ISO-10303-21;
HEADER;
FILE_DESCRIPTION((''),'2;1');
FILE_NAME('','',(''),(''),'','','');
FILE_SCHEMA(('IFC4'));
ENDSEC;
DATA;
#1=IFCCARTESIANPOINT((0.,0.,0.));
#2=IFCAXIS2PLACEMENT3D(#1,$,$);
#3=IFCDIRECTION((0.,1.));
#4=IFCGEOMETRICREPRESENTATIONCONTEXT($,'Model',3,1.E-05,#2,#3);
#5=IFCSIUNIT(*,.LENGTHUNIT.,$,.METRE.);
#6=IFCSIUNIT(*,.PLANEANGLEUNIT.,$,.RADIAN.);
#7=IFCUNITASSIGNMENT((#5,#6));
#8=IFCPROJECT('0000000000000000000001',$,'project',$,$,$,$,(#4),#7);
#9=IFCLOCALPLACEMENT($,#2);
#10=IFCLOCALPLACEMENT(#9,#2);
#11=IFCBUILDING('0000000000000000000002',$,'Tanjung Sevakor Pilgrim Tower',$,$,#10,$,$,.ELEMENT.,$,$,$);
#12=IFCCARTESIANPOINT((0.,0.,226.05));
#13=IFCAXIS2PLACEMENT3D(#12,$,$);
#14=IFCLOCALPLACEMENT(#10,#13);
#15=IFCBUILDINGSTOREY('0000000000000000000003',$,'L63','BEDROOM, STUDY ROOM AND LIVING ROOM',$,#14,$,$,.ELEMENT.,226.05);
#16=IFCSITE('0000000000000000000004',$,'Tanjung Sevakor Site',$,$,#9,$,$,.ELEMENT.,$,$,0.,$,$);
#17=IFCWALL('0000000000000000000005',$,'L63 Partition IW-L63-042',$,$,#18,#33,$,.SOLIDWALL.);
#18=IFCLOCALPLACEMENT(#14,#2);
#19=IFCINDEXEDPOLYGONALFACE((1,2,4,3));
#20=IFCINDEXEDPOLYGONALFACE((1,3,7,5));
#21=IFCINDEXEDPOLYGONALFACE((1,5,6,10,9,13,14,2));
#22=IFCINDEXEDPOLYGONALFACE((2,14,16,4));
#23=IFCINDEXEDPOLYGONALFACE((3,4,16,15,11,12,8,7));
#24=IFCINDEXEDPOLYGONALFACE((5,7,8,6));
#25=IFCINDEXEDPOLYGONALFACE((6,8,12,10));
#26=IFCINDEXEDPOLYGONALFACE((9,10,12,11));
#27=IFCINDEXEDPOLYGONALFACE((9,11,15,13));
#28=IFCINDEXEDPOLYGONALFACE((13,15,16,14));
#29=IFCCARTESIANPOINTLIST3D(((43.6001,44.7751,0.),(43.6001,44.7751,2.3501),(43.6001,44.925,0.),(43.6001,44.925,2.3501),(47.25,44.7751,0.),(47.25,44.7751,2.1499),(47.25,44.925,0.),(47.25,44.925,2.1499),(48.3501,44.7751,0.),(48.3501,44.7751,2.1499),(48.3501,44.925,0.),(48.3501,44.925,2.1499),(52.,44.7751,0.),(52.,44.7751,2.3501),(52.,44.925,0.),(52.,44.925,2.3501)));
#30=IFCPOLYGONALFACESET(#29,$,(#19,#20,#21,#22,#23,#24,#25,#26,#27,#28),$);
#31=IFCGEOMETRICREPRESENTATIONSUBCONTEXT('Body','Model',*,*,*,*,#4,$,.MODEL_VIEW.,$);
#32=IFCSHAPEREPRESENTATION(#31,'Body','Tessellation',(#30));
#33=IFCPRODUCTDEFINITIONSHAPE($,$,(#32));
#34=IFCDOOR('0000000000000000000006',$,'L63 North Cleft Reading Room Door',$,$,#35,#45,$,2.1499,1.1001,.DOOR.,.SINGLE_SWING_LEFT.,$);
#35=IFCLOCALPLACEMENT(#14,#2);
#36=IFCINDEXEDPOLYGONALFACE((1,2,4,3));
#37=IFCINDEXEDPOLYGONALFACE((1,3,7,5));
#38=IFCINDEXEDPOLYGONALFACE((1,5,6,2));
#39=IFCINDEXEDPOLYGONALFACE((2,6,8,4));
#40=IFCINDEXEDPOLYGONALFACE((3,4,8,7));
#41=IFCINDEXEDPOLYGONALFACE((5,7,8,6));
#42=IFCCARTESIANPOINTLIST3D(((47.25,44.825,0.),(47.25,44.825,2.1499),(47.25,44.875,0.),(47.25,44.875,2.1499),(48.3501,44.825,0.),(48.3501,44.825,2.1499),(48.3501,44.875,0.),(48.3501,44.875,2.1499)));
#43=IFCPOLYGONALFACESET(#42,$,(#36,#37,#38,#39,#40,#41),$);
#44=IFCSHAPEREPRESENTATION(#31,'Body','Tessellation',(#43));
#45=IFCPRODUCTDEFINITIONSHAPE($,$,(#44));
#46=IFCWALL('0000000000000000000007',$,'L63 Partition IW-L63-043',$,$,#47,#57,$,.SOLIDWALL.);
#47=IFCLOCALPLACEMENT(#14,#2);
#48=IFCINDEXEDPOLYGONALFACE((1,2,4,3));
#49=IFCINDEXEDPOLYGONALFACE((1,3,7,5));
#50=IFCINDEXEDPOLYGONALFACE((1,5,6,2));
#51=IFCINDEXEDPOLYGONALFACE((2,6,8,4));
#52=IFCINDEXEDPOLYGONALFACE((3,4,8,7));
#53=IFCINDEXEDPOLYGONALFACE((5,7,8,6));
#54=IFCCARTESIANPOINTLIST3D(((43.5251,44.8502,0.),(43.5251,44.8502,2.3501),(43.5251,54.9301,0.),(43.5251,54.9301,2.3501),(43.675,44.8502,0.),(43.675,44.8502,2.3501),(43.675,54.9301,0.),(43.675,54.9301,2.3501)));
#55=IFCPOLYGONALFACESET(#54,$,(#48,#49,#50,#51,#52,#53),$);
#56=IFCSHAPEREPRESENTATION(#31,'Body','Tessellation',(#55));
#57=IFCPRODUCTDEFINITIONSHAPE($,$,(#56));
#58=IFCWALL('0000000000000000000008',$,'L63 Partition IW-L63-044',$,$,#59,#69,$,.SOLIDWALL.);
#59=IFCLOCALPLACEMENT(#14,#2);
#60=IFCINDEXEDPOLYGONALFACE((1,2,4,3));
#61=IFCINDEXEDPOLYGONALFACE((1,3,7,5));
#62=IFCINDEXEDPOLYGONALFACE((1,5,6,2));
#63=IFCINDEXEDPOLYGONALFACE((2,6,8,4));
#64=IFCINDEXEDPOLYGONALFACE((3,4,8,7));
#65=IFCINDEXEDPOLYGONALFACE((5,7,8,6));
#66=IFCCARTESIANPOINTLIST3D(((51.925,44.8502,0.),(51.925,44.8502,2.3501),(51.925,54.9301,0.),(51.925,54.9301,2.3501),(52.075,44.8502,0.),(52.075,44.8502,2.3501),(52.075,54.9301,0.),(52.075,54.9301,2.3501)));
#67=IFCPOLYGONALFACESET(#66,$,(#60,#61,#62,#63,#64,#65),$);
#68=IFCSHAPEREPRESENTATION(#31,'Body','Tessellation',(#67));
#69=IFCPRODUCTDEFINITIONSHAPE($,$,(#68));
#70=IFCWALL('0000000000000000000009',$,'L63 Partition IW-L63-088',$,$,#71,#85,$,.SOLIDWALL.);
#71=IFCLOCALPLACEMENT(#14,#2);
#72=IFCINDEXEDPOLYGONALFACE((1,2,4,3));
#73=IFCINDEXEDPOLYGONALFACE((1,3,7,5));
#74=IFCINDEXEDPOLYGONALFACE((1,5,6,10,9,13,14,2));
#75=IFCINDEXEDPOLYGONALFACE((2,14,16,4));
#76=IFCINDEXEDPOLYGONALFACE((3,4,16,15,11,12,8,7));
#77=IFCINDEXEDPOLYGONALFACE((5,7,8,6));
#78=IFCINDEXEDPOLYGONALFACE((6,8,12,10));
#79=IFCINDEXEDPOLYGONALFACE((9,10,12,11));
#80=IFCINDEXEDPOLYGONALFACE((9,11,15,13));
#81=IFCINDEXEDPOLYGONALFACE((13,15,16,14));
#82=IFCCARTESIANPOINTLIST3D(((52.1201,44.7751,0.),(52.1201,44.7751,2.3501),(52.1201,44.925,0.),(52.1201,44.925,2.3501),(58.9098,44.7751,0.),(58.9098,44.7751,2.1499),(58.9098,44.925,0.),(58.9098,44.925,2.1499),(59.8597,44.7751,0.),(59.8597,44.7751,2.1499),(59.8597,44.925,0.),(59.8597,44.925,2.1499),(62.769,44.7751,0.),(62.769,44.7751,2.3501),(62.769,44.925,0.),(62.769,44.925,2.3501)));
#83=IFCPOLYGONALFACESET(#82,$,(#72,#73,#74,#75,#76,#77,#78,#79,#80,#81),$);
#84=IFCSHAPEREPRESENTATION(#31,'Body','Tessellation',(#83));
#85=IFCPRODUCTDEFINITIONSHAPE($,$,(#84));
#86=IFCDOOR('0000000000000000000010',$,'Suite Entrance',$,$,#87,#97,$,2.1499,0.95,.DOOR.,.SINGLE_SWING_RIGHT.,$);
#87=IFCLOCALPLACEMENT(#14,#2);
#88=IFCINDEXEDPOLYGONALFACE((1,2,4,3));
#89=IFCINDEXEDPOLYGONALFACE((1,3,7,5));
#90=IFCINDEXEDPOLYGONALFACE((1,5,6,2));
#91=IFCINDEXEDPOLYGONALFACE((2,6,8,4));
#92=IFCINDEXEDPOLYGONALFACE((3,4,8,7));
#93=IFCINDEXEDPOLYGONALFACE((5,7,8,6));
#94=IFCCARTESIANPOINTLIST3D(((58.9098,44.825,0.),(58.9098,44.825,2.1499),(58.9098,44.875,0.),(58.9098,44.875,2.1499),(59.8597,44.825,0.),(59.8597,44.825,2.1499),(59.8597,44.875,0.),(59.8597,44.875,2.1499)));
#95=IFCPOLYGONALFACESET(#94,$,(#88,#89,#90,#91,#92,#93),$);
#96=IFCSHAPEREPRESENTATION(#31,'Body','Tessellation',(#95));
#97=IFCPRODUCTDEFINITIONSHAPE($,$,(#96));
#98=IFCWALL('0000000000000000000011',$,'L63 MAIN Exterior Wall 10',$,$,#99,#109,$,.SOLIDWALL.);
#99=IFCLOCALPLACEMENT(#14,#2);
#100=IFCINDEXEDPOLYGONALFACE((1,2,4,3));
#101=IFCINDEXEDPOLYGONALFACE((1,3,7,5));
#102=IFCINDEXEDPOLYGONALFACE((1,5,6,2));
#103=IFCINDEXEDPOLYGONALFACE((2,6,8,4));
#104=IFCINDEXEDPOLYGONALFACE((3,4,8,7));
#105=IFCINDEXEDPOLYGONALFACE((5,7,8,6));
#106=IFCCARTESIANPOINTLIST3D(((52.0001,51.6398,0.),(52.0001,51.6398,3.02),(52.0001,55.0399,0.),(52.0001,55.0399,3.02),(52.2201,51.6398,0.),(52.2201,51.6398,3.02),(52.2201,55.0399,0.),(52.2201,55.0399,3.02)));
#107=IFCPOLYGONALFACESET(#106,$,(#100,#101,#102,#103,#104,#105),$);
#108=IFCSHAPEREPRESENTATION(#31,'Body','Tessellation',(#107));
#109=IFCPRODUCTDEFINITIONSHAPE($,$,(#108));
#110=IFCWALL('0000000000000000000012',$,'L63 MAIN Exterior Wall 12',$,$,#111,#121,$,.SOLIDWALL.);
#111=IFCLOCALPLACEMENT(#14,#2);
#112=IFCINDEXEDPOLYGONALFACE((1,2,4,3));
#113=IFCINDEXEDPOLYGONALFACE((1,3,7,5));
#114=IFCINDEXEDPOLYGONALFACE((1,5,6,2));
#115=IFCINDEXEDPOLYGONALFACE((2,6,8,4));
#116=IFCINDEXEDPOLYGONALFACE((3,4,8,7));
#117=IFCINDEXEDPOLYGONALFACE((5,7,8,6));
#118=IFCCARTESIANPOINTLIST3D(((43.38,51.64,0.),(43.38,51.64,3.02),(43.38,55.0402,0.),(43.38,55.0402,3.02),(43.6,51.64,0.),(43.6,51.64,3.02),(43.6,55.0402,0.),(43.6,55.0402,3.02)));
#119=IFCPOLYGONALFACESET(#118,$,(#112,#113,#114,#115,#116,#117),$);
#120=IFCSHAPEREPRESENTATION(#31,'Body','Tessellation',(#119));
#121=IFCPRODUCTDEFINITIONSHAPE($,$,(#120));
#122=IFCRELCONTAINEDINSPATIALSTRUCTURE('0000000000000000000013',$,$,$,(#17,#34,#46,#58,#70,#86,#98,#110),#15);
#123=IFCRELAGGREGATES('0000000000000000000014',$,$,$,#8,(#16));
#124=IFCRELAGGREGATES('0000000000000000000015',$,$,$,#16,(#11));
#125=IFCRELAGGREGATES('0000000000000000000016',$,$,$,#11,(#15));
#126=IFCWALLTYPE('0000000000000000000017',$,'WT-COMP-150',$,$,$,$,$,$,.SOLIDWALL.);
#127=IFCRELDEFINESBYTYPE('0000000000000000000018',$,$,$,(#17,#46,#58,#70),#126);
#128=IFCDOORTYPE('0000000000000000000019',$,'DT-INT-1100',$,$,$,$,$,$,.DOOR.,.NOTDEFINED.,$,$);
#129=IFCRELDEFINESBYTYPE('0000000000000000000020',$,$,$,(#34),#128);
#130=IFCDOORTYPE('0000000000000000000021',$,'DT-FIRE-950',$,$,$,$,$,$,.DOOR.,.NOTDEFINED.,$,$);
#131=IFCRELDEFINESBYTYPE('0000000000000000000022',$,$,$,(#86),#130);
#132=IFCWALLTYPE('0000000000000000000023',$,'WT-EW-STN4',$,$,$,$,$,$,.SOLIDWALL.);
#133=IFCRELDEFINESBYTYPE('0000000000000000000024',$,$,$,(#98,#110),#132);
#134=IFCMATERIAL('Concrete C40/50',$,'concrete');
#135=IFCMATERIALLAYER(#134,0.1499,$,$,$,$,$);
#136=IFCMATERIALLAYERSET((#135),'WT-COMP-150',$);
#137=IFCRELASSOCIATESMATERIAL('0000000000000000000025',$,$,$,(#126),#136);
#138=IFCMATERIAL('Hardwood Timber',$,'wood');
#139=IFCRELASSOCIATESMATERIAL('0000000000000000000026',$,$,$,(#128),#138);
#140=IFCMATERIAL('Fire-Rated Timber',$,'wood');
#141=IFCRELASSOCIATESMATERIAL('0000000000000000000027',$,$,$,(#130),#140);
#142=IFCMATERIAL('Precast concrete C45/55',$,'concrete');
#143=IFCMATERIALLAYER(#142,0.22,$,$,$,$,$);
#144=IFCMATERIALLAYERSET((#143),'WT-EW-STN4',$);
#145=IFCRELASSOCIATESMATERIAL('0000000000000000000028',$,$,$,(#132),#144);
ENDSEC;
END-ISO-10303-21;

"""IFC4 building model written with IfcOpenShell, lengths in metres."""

from ifc_helpers import new_model, si_unit, direction, frame, frame_2d, origin, place, context, subcontext, project, spatial, rectangle, extrude, material, layer, layer_set, type_object, element, fill, save


model = new_model("IFC4")

# Units and contexts
model_context = context("Model", 3, precision=1e-05, world=origin(), true_north=direction((0.0, 1.0)))
body_context = subcontext(model_context, "Body", "Model", "MODEL_VIEW")
ifc_project = project(units=[si_unit("LENGTHUNIT", "METRE"), si_unit("PLANEANGLEUNIT", "RADIAN")], contexts=[model_context])

# Site, building, storey
site_placement = place(None, origin())
site = spatial("IfcSite", under=ifc_project, at=site_placement, Name="Tanjung Sevakor Site", CompositionType="ELEMENT", RefElevation=0.0)
building_placement = place(site_placement, origin())
building = spatial("IfcBuilding", under=site, at=building_placement, Name="Tanjung Sevakor Pilgrim Tower", CompositionType="ELEMENT")
storey_placement = place(building_placement, frame((0.0, 0.0, 226.05)))
storey = spatial("IfcBuildingStorey", under=building, at=storey_placement, Name="L63", Description="BEDROOM, STUDY ROOM AND LIVING ROOM", CompositionType="ELEMENT", Elevation=226.05)

# Wall, opening, door
ifc_material_1 = material(Name="Concrete C40/50", Category="concrete")
ifc_layer_1 = layer(ifc_material_1, 0.1499)
ifc_layer_set_1 = layer_set([ifc_layer_1], Name="WT-COMP-150")
wall_type_1 = type_object("IfcWallType", Name="WT-COMP-150", PredefinedType="SOLIDWALL", material=ifc_layer_set_1)
wall_1_placement = place(storey_placement, frame((43.6001, 44.8501, 0.0), z_axis=(0.0, 0.0, 1.0), x_axis=(1.0, 0.0, 0.0)))
wall_1 = element("IfcWall", 1, at=wall_1_placement, inside=storey, type_object=wall_type_1, Name="L63 Partition IW-L63-042", PredefinedType="SOLIDWALL", context=body_context, shape_type="SweptSolid", body=[
    extrude(rectangle(XDim=8.3999, YDim=0.1499, at=frame_2d((4.2, 0.0))), origin(), (0.0, 0.0, 1.0), 2.3501),
])
opening_1_placement = place(wall_1_placement, frame((3.6499, 0.0, 0.0)))
opening_1 = element("IfcOpeningElement", 2, at=opening_1_placement, cuts=wall_1, PredefinedType="OPENING", context=body_context, shape_type="SweptSolid", body=[
    extrude(rectangle(XDim=1.1001, YDim=2.1499, at=frame_2d((0.55, 1.075))), frame((0.0, 0.085, 0.0), z_axis=(0.0, -1.0, 0.0), x_axis=(1.0, 0.0, 0.0)), (0.0, 0.0, 1.0), 0.1699),
])
ifc_material_2 = material(Name="Hardwood Timber", Category="wood")
door_type_1 = type_object("IfcDoorType", Name="DT-INT-1100", OperationType="NOTDEFINED", PredefinedType="DOOR", material=ifc_material_2)
door_1_placement = place(opening_1_placement, origin())
door_1 = element("IfcDoor", 3, at=door_1_placement, inside=storey, type_object=door_type_1, Name="L63 North Cleft Reading Room Door", OperationType="SINGLE_SWING_LEFT", OverallHeight=2.1499, OverallWidth=1.1001, PredefinedType="DOOR", context=body_context, shape_type="SweptSolid", body=[
    extrude(rectangle(XDim=1.1001, YDim=2.1499, at=frame_2d((0.55, 1.075))), frame((0.0, 0.0249, 0.0), z_axis=(0.0, -1.0, 0.0), x_axis=(1.0, 0.0, 0.0)), (0.0, 0.0, 1.0), 0.05),
])
fill(opening_1, door_1)

# Walls
for number, where, z_axis, x_axis, name in (
    (4, (43.6001, 44.8501, 0.0), (0.0, 0.0, 1.0), (0.0, 1.0, 0.0), "L63 Partition IW-L63-043"),
    (5, (52.0, 44.8501, 0.0), (0.0, 0.0, 1.0), (0.0, 1.0, 0.0), "L63 Partition IW-L63-044"),
):
    element("IfcWall", number, at=place(storey_placement, frame(where, z_axis=z_axis, x_axis=x_axis)), inside=storey, type_object=wall_type_1, Name=name, PredefinedType="SOLIDWALL", context=body_context, shape_type="SweptSolid", body=[
        extrude(rectangle(XDim=10.0798, YDim=0.1499, at=frame_2d((5.04, 0.0))), origin(), (0.0, 0.0, 1.0), 2.3501),
    ])

# Wall, opening, door
wall_2_placement = place(storey_placement, frame((52.1201, 44.8501, 0.0), z_axis=(0.0, 0.0, 1.0), x_axis=(1.0, 0.0, 0.0)))
wall_2 = element("IfcWall", 6, at=wall_2_placement, inside=storey, type_object=wall_type_1, Name="L63 Partition IW-L63-088", PredefinedType="SOLIDWALL", context=body_context, shape_type="SweptSolid", body=[
    extrude(rectangle(XDim=10.6489, YDim=0.1499, at=frame_2d((5.3245, 0.0))), origin(), (0.0, 0.0, 1.0), 2.3501),
])
opening_2_placement = place(wall_2_placement, frame((6.7896, 0.0, 0.0)))
opening_2 = element("IfcOpeningElement", 7, at=opening_2_placement, cuts=wall_2, PredefinedType="OPENING", context=body_context, shape_type="SweptSolid", body=[
    extrude(rectangle(XDim=0.95, YDim=2.1499, at=frame_2d((0.4751, 1.075))), frame((0.0, 0.085, 0.0), z_axis=(0.0, -1.0, 0.0), x_axis=(1.0, 0.0, 0.0)), (0.0, 0.0, 1.0), 0.1699),
])
ifc_material_3 = material(Name="Fire-Rated Timber", Category="wood")
door_type_2 = type_object("IfcDoorType", Name="DT-FIRE-950", OperationType="NOTDEFINED", PredefinedType="DOOR", material=ifc_material_3)
door_2_placement = place(opening_2_placement, origin())
door_2 = element("IfcDoor", 8, at=door_2_placement, inside=storey, type_object=door_type_2, Name="Suite Entrance", OperationType="SINGLE_SWING_RIGHT", OverallHeight=2.1499, OverallWidth=0.95, PredefinedType="DOOR", context=body_context, shape_type="SweptSolid", body=[
    extrude(rectangle(XDim=0.95, YDim=2.1499, at=frame_2d((0.4751, 1.075))), frame((0.0, 0.0249, 0.0), z_axis=(0.0, -1.0, 0.0), x_axis=(1.0, 0.0, 0.0)), (0.0, 0.0, 1.0), 0.05),
])
fill(opening_2, door_2)

# Walls
ifc_material_4 = material(Name="Precast concrete C45/55", Category="concrete")
ifc_layer_2 = layer(ifc_material_4, 0.22)
ifc_layer_set_2 = layer_set([ifc_layer_2], Name="WT-EW-STN4")
wall_type_2 = type_object("IfcWallType", Name="WT-EW-STN4", PredefinedType="SOLIDWALL", material=ifc_layer_set_2)
for number, where, z_axis, x_axis, name in (
    (9, (52.1101, 55.04, 0.0), (0.0, 0.0, 1.0), (0.0, -1.0, 0.0), "L63 MAIN Exterior Wall 10"),
    (10, (43.49, 51.6399, 0.0), (0.0, 0.0, 1.0), (0.0, 1.0, 0.0), "L63 MAIN Exterior Wall 12"),
):
    element("IfcWall", number, at=place(storey_placement, frame(where, z_axis=z_axis, x_axis=x_axis)), inside=storey, type_object=wall_type_2, Name=name, PredefinedType="SOLIDWALL", context=body_context, shape_type="SweptSolid", body=[
        extrude(rectangle(XDim=3.4001, YDim=0.22, at=frame_2d((1.7002, 0.0))), origin(), (0.0, 0.0, 1.0), 3.02),
    ])

save(model, "model.ifc")
